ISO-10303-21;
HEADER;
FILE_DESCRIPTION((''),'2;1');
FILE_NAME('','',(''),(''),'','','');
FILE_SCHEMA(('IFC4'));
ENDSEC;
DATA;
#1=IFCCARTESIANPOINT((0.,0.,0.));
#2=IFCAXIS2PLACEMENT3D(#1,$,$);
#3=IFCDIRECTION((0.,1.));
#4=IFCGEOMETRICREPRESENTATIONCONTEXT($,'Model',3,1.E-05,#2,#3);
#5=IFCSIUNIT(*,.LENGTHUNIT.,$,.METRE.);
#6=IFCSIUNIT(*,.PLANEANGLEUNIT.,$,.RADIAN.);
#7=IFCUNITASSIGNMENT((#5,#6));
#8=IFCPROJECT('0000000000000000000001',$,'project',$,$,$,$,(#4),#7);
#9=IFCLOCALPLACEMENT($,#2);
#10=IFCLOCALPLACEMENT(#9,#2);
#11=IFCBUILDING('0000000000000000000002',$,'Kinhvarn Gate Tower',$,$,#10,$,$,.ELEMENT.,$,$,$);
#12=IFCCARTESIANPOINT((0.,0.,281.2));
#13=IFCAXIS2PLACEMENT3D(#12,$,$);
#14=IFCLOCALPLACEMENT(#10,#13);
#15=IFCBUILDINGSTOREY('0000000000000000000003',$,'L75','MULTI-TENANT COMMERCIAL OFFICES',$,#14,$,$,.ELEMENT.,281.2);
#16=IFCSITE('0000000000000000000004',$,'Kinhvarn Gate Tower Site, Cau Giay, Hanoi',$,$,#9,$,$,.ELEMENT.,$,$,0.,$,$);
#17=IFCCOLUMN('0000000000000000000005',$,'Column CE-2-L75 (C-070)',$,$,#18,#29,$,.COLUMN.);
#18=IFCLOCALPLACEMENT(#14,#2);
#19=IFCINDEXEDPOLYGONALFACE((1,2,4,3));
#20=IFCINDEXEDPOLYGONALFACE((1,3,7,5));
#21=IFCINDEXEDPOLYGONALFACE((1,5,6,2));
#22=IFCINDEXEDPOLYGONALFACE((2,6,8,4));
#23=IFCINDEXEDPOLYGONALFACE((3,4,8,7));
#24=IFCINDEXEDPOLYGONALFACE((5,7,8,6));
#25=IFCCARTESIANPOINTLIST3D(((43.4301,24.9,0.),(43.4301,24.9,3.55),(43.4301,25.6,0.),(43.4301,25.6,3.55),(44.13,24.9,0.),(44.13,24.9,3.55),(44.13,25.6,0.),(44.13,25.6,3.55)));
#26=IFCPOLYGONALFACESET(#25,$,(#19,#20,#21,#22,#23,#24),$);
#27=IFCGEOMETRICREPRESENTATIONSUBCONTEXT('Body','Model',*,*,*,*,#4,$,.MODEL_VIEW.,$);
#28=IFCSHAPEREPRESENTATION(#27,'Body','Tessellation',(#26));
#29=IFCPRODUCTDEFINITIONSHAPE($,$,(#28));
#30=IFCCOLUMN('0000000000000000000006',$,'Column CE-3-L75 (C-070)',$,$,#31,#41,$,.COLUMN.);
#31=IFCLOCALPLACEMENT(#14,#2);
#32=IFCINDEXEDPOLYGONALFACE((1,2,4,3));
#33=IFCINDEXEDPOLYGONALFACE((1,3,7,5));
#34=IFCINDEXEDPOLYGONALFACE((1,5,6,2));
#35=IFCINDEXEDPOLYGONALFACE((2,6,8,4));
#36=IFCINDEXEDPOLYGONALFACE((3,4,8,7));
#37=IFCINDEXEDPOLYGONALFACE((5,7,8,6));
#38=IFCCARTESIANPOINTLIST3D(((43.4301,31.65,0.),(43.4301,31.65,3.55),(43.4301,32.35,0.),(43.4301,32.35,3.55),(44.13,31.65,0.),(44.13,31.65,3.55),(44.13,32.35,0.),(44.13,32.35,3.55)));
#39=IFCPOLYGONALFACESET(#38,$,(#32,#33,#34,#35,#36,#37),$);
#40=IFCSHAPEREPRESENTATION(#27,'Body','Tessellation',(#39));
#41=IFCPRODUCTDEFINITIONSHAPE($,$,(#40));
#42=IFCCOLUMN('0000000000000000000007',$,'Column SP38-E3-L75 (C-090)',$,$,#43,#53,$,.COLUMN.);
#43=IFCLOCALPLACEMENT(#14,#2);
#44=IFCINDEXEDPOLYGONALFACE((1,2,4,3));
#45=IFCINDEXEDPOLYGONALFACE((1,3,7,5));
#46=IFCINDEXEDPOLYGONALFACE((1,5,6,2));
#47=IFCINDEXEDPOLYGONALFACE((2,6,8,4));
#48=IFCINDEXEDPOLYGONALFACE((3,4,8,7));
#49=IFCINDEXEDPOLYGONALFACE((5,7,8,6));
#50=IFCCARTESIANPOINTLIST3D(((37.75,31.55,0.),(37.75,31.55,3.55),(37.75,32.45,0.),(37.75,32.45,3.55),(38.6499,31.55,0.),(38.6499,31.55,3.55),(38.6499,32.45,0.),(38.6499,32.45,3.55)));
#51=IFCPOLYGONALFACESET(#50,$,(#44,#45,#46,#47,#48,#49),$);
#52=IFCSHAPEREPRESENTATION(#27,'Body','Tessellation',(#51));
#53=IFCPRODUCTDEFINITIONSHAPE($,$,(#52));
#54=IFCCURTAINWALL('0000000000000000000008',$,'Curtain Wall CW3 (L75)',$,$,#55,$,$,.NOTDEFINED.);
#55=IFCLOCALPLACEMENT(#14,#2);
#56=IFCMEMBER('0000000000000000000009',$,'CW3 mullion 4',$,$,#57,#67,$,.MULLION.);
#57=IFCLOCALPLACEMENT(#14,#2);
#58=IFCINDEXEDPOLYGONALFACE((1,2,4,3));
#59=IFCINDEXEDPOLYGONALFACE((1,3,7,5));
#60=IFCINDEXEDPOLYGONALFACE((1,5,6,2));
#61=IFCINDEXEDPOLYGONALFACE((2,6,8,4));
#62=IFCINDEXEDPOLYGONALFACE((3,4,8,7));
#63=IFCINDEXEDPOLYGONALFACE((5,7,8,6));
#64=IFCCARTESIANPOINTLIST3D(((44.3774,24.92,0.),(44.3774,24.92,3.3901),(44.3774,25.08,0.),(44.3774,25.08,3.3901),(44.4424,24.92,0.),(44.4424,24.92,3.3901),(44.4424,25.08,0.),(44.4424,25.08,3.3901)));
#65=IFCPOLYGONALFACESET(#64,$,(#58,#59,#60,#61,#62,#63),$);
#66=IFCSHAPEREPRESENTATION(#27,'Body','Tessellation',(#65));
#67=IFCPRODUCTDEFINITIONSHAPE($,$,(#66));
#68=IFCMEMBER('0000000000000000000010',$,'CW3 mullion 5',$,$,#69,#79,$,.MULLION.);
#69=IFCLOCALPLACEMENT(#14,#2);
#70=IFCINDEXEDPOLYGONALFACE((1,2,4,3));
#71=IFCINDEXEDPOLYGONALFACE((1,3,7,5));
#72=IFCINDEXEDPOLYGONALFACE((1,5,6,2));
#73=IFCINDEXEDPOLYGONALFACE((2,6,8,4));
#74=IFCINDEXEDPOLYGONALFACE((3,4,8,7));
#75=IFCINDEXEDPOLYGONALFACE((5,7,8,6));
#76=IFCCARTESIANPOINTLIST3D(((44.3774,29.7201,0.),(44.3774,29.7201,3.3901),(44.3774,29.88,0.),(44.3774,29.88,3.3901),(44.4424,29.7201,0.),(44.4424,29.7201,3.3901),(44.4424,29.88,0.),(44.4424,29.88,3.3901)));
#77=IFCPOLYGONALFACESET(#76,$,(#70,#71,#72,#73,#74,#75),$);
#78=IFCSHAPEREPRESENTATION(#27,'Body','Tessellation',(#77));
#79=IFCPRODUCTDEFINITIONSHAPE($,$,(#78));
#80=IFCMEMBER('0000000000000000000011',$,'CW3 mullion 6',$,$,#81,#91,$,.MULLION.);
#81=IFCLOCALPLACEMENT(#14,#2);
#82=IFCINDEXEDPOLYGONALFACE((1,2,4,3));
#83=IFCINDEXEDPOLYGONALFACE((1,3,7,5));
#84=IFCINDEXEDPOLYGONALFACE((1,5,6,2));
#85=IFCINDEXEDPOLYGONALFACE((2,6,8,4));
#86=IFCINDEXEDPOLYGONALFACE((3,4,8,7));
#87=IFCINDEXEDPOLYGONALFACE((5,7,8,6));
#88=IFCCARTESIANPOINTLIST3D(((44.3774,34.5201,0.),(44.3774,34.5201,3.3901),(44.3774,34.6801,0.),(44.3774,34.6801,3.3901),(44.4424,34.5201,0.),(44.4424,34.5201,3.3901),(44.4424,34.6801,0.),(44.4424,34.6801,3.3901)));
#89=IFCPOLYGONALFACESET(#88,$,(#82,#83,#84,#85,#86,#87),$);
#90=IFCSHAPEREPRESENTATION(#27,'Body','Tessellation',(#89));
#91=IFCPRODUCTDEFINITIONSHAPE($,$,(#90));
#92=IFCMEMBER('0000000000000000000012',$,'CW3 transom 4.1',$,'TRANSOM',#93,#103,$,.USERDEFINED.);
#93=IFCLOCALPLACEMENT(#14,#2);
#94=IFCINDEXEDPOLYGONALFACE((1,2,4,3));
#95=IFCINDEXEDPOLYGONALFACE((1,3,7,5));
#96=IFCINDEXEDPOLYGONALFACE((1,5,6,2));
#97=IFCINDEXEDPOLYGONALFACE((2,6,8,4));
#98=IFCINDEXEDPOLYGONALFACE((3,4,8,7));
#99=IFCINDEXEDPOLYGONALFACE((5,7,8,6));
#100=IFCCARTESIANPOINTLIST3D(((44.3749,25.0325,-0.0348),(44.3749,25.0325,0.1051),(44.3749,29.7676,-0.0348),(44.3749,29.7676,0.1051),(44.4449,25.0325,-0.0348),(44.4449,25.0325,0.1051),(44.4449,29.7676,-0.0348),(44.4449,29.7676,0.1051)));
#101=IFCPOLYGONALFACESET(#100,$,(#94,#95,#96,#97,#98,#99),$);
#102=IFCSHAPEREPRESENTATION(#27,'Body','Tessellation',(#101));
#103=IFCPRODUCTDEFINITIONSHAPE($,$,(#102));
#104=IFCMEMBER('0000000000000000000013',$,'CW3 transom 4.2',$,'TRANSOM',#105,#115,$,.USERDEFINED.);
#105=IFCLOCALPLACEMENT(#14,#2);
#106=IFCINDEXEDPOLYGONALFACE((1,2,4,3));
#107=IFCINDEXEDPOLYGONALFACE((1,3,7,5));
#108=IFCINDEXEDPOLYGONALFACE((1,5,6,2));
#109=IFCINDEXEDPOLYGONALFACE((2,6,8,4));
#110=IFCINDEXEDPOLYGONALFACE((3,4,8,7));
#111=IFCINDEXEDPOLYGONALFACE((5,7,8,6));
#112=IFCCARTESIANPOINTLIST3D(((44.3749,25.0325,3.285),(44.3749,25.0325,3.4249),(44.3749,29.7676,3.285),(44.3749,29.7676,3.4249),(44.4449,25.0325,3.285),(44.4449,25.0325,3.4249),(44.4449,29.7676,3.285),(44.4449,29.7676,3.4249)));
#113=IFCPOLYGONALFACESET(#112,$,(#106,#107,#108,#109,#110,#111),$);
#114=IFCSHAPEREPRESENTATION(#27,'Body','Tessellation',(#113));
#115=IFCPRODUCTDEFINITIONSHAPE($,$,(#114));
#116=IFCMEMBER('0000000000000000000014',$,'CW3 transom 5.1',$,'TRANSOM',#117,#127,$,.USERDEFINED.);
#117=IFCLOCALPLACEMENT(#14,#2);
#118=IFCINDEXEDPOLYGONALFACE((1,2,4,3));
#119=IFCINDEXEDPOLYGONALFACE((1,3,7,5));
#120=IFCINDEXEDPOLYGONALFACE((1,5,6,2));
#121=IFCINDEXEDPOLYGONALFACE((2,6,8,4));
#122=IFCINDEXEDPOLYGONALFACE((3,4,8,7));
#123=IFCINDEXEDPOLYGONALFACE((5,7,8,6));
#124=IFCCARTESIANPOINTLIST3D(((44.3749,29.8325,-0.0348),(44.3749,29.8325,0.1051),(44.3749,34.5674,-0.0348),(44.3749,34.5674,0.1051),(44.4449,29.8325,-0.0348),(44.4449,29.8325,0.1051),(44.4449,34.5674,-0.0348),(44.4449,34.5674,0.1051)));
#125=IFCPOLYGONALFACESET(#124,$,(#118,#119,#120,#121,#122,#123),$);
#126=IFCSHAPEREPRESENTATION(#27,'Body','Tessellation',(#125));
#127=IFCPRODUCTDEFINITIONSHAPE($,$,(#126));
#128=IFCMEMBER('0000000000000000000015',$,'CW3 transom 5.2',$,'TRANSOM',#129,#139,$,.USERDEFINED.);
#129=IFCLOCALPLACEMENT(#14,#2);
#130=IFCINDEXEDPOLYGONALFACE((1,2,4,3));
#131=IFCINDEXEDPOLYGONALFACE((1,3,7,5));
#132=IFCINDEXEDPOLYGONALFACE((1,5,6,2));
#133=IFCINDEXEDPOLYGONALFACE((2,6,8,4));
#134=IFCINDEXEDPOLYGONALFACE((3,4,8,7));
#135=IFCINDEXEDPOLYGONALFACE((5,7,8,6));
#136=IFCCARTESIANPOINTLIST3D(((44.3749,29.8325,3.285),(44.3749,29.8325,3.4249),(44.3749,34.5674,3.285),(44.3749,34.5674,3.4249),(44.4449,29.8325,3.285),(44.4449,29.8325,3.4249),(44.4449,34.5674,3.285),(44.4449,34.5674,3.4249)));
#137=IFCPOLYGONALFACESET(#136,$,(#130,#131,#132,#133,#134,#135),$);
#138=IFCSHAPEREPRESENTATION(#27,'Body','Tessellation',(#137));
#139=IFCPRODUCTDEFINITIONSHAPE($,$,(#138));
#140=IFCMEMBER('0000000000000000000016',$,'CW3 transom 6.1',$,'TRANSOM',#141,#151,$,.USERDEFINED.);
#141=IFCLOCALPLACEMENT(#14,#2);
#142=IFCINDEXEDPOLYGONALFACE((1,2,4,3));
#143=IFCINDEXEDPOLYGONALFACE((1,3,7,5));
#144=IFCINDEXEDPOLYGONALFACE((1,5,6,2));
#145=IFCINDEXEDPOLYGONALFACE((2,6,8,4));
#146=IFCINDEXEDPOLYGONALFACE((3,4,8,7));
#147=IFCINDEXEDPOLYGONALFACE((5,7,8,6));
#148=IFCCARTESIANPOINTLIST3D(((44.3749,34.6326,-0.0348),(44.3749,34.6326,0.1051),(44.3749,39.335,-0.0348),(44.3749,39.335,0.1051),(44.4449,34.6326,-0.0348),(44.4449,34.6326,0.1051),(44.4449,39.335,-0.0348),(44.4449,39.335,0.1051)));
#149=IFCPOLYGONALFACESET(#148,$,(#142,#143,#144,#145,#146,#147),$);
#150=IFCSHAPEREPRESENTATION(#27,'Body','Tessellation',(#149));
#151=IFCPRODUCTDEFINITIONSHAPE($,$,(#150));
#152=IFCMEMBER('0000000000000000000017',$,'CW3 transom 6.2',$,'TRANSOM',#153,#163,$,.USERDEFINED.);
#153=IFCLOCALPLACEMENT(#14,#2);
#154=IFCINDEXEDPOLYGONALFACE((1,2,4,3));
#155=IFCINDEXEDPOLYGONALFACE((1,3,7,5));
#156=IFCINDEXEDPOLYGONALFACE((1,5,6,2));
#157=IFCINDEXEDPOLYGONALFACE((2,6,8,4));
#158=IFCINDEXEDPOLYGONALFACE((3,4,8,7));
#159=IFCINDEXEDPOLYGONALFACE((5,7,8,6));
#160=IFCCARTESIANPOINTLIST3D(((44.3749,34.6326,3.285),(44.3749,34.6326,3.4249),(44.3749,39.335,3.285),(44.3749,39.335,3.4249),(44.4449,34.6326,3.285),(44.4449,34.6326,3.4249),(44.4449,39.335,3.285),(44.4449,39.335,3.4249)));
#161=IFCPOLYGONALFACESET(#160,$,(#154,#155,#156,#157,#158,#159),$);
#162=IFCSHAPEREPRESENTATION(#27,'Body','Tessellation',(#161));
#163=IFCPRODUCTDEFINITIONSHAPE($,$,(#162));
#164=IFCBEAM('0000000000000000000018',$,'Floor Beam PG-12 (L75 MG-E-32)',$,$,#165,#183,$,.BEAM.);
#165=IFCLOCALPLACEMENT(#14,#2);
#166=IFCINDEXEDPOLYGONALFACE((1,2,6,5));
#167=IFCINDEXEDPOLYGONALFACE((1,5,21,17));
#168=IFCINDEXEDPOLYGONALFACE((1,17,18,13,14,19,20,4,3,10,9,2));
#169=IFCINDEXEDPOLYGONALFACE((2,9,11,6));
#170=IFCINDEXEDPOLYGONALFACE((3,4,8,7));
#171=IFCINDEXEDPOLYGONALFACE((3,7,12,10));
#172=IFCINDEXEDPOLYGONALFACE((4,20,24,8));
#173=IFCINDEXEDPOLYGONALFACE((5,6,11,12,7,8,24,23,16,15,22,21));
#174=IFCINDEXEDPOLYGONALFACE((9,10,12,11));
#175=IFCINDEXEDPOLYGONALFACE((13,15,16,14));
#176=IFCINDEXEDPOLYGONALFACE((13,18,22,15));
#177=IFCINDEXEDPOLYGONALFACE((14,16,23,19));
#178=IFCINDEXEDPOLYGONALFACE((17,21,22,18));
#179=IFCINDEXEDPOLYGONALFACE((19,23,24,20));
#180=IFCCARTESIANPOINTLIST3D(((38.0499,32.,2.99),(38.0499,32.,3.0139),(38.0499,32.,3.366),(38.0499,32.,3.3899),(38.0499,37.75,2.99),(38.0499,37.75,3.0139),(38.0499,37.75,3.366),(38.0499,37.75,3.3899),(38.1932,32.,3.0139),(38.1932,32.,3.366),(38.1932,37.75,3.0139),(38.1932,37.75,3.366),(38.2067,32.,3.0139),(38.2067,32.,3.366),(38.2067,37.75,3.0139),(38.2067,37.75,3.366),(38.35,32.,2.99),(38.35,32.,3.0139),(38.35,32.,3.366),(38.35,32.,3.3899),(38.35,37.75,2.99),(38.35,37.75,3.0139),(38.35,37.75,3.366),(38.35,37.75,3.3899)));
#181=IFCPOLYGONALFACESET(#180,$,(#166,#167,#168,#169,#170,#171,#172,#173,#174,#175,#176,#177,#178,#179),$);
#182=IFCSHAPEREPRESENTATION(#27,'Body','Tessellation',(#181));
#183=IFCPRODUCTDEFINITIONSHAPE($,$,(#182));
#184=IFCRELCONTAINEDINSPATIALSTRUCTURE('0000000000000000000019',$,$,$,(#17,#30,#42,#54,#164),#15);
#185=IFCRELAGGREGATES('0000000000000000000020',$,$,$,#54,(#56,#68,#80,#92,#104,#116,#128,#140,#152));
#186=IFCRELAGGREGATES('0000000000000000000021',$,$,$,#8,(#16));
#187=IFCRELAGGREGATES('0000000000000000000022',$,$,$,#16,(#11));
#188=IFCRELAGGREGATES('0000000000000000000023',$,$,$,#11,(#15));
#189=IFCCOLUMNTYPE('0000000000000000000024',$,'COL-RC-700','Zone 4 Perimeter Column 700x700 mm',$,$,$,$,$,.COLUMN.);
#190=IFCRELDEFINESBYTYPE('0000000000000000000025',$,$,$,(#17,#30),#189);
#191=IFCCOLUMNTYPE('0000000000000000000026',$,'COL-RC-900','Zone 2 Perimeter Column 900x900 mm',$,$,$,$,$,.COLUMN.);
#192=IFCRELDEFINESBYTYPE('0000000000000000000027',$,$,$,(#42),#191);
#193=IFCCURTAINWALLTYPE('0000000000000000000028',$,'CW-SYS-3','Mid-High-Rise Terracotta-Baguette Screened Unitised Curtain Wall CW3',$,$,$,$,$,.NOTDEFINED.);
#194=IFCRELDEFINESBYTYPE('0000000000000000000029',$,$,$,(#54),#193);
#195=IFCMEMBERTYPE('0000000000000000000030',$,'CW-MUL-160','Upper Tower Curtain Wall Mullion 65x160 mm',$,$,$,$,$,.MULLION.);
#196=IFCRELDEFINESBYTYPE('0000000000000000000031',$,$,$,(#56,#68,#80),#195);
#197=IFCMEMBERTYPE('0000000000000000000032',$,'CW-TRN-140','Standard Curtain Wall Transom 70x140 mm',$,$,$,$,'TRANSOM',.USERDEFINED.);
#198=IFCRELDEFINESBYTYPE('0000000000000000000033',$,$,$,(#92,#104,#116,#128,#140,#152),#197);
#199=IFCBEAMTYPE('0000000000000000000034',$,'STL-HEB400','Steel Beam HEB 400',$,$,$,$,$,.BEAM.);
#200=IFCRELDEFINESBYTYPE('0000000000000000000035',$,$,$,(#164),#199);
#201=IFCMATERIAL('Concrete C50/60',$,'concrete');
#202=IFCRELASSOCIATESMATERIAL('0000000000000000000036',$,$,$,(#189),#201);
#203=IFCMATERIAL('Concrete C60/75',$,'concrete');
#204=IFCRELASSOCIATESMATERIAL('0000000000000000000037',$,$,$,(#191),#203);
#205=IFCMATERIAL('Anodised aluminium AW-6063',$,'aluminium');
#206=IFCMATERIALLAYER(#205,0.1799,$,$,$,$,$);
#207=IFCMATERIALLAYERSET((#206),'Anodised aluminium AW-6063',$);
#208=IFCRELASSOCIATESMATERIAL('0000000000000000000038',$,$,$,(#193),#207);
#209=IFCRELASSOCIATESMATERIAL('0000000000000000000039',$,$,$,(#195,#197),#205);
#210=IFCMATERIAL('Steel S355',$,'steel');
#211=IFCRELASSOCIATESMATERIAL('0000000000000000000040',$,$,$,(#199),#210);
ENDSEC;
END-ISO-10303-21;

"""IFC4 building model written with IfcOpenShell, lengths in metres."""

from ifc_helpers import new_model, si_unit, direction, frame, origin, origin_2d, place, context, subcontext, project, spatial, rectangle, i_section, extrude, material, layer, layer_set, material_profile, profile_set, type_object, element, aggregate, save


model = new_model("IFC4")

# Units and contexts
model_context = context("Model", 3, precision=1e-05, world=origin(), true_north=direction((0.0, 1.0)))
body_context = subcontext(model_context, "Body", "Model", "MODEL_VIEW")
ifc_project = project(units=[si_unit("LENGTHUNIT", "METRE"), si_unit("PLANEANGLEUNIT", "RADIAN")], contexts=[model_context])

# Site, building, storey
site_placement = place(None, origin())
site = spatial("IfcSite", under=ifc_project, at=site_placement, Name="Kinhvarn Gate Tower Site, Cau Giay, Hanoi", CompositionType="ELEMENT", RefElevation=0.0)
building_placement = place(site_placement, origin())
building = spatial("IfcBuilding", under=site, at=building_placement, Name="Kinhvarn Gate Tower", CompositionType="ELEMENT")
storey_placement = place(building_placement, frame((0.0, 0.0, 281.2)))
storey = spatial("IfcBuildingStorey", under=building, at=storey_placement, Name="L75", Description="MULTI-TENANT COMMERCIAL OFFICES", CompositionType="ELEMENT", Elevation=281.2)

# Columns
ifc_material_1 = material(Name="Concrete C50/60", Category="concrete")
ifc_material_profile_1 = material_profile(ifc_material_1, rectangle(XDim=0.7, YDim=0.7, at=origin_2d()), Name="RC 700x700")
ifc_profile_set_1 = profile_set([ifc_material_profile_1], Name="Concrete C50/60")
column_type_1 = type_object("IfcColumnType", Name="COL-RC-700", Description="Zone 4 Perimeter Column 700x700 mm", PredefinedType="COLUMN", material=ifc_profile_set_1)
for number, where, z_axis, x_axis, name in (
    (1, (43.78, 25.25, 0.0), (0.0, 0.0, 1.0), (1.0, 0.0, 0.0), "Column CE-2-L75 (C-070)"),
    (2, (43.78, 32.0, 0.0), (0.0, 0.0, 1.0), (1.0, 0.0, 0.0), "Column CE-3-L75 (C-070)"),
):
    element("IfcColumn", number, at=place(storey_placement, frame(where, z_axis=z_axis, x_axis=x_axis)), inside=storey, type_object=column_type_1, Name=name, PredefinedType="COLUMN", context=body_context, shape_type="SweptSolid", body=[
        extrude(rectangle(XDim=0.7, YDim=0.7, at=origin_2d()), origin(), (0.0, 0.0, 1.0), 3.55),
    ])
ifc_material_2 = material(Name="Concrete C60/75", Category="concrete")
ifc_material_profile_2 = material_profile(ifc_material_2, rectangle(XDim=0.8999, YDim=0.8999, at=origin_2d()), Name="RC 900x900")
ifc_profile_set_2 = profile_set([ifc_material_profile_2], Name="Concrete C60/75")
column_type_2 = type_object("IfcColumnType", Name="COL-RC-900", Description="Zone 2 Perimeter Column 900x900 mm", PredefinedType="COLUMN", material=ifc_profile_set_2)
column_placement = place(storey_placement, frame((38.2, 32.0, 0.0), z_axis=(0.0, 0.0, 1.0), x_axis=(1.0, 0.0, 0.0)))
element("IfcColumn", 3, at=column_placement, inside=storey, type_object=column_type_2, Name="Column SP38-E3-L75 (C-090)", PredefinedType="COLUMN", context=body_context, shape_type="SweptSolid", body=[
    extrude(rectangle(XDim=0.8999, YDim=0.8999, at=origin_2d()), origin(), (0.0, 0.0, 1.0), 3.55),
])

# Curtain wall, members
ifc_material_3 = material(Name="Anodised aluminium AW-6063", Category="aluminium")
ifc_layer_1 = layer(ifc_material_3, 0.1799)
ifc_layer_set_1 = layer_set([ifc_layer_1], Name="Anodised aluminium AW-6063")
curtain_wall_type = type_object("IfcCurtainWallType", Name="CW-SYS-3", Description="Mid-High-Rise Terracotta-Baguette Screened Unitised Curtain Wall CW3", PredefinedType="NOTDEFINED", material=ifc_layer_set_1)
curtain_wall_placement = place(storey_placement, origin())
curtain_wall = element("IfcCurtainWall", 4, at=curtain_wall_placement, inside=storey, type_object=curtain_wall_type, Name="Curtain Wall CW3 (L75)", PredefinedType="NOTDEFINED")
ifc_material_profile_3 = material_profile(ifc_material_3, rectangle(XDim=0.0649, YDim=0.1599, at=origin_2d()), Name="ALU 65x160")
ifc_profile_set_3 = profile_set([ifc_material_profile_3], Name="Anodised aluminium AW-6063")
member_type_1 = type_object("IfcMemberType", Name="CW-MUL-160", Description="Upper Tower Curtain Wall Mullion 65x160 mm", PredefinedType="MULLION", material=ifc_profile_set_3)
member_1_placement = place(storey_placement, frame((44.4099, 25.0, 0.0), z_axis=(0.0, 0.0, 1.0), x_axis=(-1.0, 0.0, 0.0)))
member_1 = element("IfcMember", 5, at=member_1_placement, type_object=member_type_1, Name="CW3 mullion 4", PredefinedType="MULLION", context=body_context, shape_type="SweptSolid", body=[
    extrude(rectangle(XDim=0.0649, YDim=0.1599, at=origin_2d()), origin(), (0.0, 0.0, 1.0), 3.3901),
])
member_2_placement = place(storey_placement, frame((44.4099, 29.8, 0.0), z_axis=(0.0, 0.0, 1.0), x_axis=(-1.0, 0.0, 0.0)))
member_2 = element("IfcMember", 6, at=member_2_placement, type_object=member_type_1, Name="CW3 mullion 5", PredefinedType="MULLION", context=body_context, shape_type="SweptSolid", body=[
    extrude(rectangle(XDim=0.0649, YDim=0.1599, at=origin_2d()), origin(), (0.0, 0.0, 1.0), 3.3901),
])
member_3_placement = place(storey_placement, frame((44.4099, 34.6001, 0.0), z_axis=(0.0, 0.0, 1.0), x_axis=(-1.0, 0.0, 0.0)))
member_3 = element("IfcMember", 7, at=member_3_placement, type_object=member_type_1, Name="CW3 mullion 6", PredefinedType="MULLION", context=body_context, shape_type="SweptSolid", body=[
    extrude(rectangle(XDim=0.0649, YDim=0.1599, at=origin_2d()), origin(), (0.0, 0.0, 1.0), 3.3901),
])
ifc_material_profile_4 = material_profile(ifc_material_3, rectangle(XDim=0.0701, YDim=0.1399, at=origin_2d()), Name="ALU 70x140")
ifc_profile_set_4 = profile_set([ifc_material_profile_4], Name="Anodised aluminium AW-6063")
member_type_2 = type_object("IfcMemberType", Name="CW-TRN-140", Description="Standard Curtain Wall Transom 70x140 mm", ElementType="TRANSOM", PredefinedType="USERDEFINED", material=ifc_profile_set_4)
member_4_placement = place(storey_placement, frame((44.4099, 25.0325, 0.0352), z_axis=(0.0, 1.0, 0.0), x_axis=(-1.0, 0.0, 0.0)))
member_4 = element("IfcMember", 8, at=member_4_placement, type_object=member_type_2, Name="CW3 transom 4.1", ObjectType="TRANSOM", PredefinedType="USERDEFINED", context=body_context, shape_type="SweptSolid", body=[
    extrude(rectangle(XDim=0.0701, YDim=0.1399, at=origin_2d()), origin(), (0.0, 0.0, 1.0), 4.7351),
])
member_5_placement = place(storey_placement, frame((44.4099, 25.0325, 3.355), z_axis=(0.0, 1.0, 0.0), x_axis=(-1.0, 0.0, 0.0)))
member_5 = element("IfcMember", 9, at=member_5_placement, type_object=member_type_2, Name="CW3 transom 4.2", ObjectType="TRANSOM", PredefinedType="USERDEFINED", context=body_context, shape_type="SweptSolid", body=[
    extrude(rectangle(XDim=0.0701, YDim=0.1399, at=origin_2d()), origin(), (0.0, 0.0, 1.0), 4.7351),
])
member_6_placement = place(storey_placement, frame((44.4099, 29.8325, 0.0352), z_axis=(0.0, 1.0, 0.0), x_axis=(-1.0, 0.0, 0.0)))
member_6 = element("IfcMember", 10, at=member_6_placement, type_object=member_type_2, Name="CW3 transom 5.1", ObjectType="TRANSOM", PredefinedType="USERDEFINED", context=body_context, shape_type="SweptSolid", body=[
    extrude(rectangle(XDim=0.0701, YDim=0.1399, at=origin_2d()), origin(), (0.0, 0.0, 1.0), 4.7349),
])
member_7_placement = place(storey_placement, frame((44.4099, 29.8325, 3.355), z_axis=(0.0, 1.0, 0.0), x_axis=(-1.0, 0.0, 0.0)))
member_7 = element("IfcMember", 11, at=member_7_placement, type_object=member_type_2, Name="CW3 transom 5.2", ObjectType="TRANSOM", PredefinedType="USERDEFINED", context=body_context, shape_type="SweptSolid", body=[
    extrude(rectangle(XDim=0.0701, YDim=0.1399, at=origin_2d()), origin(), (0.0, 0.0, 1.0), 4.7349),
])
member_8_placement = place(storey_placement, frame((44.4099, 34.6326, 0.0352), z_axis=(0.0, 1.0, 0.0), x_axis=(-1.0, 0.0, 0.0)))
member_8 = element("IfcMember", 12, at=member_8_placement, type_object=member_type_2, Name="CW3 transom 6.1", ObjectType="TRANSOM", PredefinedType="USERDEFINED", context=body_context, shape_type="SweptSolid", body=[
    extrude(rectangle(XDim=0.0701, YDim=0.1399, at=origin_2d()), origin(), (0.0, 0.0, 1.0), 4.7024),
])
member_9_placement = place(storey_placement, frame((44.4099, 34.6326, 3.355), z_axis=(0.0, 1.0, 0.0), x_axis=(-1.0, 0.0, 0.0)))
member_9 = element("IfcMember", 13, at=member_9_placement, type_object=member_type_2, Name="CW3 transom 6.2", ObjectType="TRANSOM", PredefinedType="USERDEFINED", context=body_context, shape_type="SweptSolid", body=[
    extrude(rectangle(XDim=0.0701, YDim=0.1399, at=origin_2d()), origin(), (0.0, 0.0, 1.0), 4.7024),
])

# Beam
ifc_material_4 = material(Name="Steel S355", Category="steel")
ifc_material_profile_5 = material_profile(ifc_material_4, i_section(OverallWidth=0.3, OverallDepth=0.3999, WebThickness=0.0134, FlangeThickness=0.0239, at=origin_2d()), Name="HEB 400")
ifc_profile_set_5 = profile_set([ifc_material_profile_5], Name="Steel S355")
beam_type_1 = type_object("IfcBeamType", Name="STL-HEB400", Description="Steel Beam HEB 400", PredefinedType="BEAM", material=ifc_profile_set_5)
beam_1_placement = place(storey_placement, frame((38.2, 32.0, 3.1899), z_axis=(0.0, 1.0, 0.0), x_axis=(-1.0, 0.0, 0.0)))
element("IfcBeam", 14, at=beam_1_placement, inside=storey, type_object=beam_type_1, Name="Floor Beam PG-12 (L75 MG-E-32)", PredefinedType="BEAM", context=body_context, shape_type="SweptSolid", body=[
    extrude(i_section(OverallWidth=0.3, OverallDepth=0.3999, WebThickness=0.0134, FlangeThickness=0.0239, at=origin_2d()), origin(), (0.0, 0.0, 1.0), 5.75),
])

aggregate(curtain_wall, [member_1, member_2, member_3, member_4, member_5, member_6, member_7, member_8, member_9])

save(model, "model.ifc")
